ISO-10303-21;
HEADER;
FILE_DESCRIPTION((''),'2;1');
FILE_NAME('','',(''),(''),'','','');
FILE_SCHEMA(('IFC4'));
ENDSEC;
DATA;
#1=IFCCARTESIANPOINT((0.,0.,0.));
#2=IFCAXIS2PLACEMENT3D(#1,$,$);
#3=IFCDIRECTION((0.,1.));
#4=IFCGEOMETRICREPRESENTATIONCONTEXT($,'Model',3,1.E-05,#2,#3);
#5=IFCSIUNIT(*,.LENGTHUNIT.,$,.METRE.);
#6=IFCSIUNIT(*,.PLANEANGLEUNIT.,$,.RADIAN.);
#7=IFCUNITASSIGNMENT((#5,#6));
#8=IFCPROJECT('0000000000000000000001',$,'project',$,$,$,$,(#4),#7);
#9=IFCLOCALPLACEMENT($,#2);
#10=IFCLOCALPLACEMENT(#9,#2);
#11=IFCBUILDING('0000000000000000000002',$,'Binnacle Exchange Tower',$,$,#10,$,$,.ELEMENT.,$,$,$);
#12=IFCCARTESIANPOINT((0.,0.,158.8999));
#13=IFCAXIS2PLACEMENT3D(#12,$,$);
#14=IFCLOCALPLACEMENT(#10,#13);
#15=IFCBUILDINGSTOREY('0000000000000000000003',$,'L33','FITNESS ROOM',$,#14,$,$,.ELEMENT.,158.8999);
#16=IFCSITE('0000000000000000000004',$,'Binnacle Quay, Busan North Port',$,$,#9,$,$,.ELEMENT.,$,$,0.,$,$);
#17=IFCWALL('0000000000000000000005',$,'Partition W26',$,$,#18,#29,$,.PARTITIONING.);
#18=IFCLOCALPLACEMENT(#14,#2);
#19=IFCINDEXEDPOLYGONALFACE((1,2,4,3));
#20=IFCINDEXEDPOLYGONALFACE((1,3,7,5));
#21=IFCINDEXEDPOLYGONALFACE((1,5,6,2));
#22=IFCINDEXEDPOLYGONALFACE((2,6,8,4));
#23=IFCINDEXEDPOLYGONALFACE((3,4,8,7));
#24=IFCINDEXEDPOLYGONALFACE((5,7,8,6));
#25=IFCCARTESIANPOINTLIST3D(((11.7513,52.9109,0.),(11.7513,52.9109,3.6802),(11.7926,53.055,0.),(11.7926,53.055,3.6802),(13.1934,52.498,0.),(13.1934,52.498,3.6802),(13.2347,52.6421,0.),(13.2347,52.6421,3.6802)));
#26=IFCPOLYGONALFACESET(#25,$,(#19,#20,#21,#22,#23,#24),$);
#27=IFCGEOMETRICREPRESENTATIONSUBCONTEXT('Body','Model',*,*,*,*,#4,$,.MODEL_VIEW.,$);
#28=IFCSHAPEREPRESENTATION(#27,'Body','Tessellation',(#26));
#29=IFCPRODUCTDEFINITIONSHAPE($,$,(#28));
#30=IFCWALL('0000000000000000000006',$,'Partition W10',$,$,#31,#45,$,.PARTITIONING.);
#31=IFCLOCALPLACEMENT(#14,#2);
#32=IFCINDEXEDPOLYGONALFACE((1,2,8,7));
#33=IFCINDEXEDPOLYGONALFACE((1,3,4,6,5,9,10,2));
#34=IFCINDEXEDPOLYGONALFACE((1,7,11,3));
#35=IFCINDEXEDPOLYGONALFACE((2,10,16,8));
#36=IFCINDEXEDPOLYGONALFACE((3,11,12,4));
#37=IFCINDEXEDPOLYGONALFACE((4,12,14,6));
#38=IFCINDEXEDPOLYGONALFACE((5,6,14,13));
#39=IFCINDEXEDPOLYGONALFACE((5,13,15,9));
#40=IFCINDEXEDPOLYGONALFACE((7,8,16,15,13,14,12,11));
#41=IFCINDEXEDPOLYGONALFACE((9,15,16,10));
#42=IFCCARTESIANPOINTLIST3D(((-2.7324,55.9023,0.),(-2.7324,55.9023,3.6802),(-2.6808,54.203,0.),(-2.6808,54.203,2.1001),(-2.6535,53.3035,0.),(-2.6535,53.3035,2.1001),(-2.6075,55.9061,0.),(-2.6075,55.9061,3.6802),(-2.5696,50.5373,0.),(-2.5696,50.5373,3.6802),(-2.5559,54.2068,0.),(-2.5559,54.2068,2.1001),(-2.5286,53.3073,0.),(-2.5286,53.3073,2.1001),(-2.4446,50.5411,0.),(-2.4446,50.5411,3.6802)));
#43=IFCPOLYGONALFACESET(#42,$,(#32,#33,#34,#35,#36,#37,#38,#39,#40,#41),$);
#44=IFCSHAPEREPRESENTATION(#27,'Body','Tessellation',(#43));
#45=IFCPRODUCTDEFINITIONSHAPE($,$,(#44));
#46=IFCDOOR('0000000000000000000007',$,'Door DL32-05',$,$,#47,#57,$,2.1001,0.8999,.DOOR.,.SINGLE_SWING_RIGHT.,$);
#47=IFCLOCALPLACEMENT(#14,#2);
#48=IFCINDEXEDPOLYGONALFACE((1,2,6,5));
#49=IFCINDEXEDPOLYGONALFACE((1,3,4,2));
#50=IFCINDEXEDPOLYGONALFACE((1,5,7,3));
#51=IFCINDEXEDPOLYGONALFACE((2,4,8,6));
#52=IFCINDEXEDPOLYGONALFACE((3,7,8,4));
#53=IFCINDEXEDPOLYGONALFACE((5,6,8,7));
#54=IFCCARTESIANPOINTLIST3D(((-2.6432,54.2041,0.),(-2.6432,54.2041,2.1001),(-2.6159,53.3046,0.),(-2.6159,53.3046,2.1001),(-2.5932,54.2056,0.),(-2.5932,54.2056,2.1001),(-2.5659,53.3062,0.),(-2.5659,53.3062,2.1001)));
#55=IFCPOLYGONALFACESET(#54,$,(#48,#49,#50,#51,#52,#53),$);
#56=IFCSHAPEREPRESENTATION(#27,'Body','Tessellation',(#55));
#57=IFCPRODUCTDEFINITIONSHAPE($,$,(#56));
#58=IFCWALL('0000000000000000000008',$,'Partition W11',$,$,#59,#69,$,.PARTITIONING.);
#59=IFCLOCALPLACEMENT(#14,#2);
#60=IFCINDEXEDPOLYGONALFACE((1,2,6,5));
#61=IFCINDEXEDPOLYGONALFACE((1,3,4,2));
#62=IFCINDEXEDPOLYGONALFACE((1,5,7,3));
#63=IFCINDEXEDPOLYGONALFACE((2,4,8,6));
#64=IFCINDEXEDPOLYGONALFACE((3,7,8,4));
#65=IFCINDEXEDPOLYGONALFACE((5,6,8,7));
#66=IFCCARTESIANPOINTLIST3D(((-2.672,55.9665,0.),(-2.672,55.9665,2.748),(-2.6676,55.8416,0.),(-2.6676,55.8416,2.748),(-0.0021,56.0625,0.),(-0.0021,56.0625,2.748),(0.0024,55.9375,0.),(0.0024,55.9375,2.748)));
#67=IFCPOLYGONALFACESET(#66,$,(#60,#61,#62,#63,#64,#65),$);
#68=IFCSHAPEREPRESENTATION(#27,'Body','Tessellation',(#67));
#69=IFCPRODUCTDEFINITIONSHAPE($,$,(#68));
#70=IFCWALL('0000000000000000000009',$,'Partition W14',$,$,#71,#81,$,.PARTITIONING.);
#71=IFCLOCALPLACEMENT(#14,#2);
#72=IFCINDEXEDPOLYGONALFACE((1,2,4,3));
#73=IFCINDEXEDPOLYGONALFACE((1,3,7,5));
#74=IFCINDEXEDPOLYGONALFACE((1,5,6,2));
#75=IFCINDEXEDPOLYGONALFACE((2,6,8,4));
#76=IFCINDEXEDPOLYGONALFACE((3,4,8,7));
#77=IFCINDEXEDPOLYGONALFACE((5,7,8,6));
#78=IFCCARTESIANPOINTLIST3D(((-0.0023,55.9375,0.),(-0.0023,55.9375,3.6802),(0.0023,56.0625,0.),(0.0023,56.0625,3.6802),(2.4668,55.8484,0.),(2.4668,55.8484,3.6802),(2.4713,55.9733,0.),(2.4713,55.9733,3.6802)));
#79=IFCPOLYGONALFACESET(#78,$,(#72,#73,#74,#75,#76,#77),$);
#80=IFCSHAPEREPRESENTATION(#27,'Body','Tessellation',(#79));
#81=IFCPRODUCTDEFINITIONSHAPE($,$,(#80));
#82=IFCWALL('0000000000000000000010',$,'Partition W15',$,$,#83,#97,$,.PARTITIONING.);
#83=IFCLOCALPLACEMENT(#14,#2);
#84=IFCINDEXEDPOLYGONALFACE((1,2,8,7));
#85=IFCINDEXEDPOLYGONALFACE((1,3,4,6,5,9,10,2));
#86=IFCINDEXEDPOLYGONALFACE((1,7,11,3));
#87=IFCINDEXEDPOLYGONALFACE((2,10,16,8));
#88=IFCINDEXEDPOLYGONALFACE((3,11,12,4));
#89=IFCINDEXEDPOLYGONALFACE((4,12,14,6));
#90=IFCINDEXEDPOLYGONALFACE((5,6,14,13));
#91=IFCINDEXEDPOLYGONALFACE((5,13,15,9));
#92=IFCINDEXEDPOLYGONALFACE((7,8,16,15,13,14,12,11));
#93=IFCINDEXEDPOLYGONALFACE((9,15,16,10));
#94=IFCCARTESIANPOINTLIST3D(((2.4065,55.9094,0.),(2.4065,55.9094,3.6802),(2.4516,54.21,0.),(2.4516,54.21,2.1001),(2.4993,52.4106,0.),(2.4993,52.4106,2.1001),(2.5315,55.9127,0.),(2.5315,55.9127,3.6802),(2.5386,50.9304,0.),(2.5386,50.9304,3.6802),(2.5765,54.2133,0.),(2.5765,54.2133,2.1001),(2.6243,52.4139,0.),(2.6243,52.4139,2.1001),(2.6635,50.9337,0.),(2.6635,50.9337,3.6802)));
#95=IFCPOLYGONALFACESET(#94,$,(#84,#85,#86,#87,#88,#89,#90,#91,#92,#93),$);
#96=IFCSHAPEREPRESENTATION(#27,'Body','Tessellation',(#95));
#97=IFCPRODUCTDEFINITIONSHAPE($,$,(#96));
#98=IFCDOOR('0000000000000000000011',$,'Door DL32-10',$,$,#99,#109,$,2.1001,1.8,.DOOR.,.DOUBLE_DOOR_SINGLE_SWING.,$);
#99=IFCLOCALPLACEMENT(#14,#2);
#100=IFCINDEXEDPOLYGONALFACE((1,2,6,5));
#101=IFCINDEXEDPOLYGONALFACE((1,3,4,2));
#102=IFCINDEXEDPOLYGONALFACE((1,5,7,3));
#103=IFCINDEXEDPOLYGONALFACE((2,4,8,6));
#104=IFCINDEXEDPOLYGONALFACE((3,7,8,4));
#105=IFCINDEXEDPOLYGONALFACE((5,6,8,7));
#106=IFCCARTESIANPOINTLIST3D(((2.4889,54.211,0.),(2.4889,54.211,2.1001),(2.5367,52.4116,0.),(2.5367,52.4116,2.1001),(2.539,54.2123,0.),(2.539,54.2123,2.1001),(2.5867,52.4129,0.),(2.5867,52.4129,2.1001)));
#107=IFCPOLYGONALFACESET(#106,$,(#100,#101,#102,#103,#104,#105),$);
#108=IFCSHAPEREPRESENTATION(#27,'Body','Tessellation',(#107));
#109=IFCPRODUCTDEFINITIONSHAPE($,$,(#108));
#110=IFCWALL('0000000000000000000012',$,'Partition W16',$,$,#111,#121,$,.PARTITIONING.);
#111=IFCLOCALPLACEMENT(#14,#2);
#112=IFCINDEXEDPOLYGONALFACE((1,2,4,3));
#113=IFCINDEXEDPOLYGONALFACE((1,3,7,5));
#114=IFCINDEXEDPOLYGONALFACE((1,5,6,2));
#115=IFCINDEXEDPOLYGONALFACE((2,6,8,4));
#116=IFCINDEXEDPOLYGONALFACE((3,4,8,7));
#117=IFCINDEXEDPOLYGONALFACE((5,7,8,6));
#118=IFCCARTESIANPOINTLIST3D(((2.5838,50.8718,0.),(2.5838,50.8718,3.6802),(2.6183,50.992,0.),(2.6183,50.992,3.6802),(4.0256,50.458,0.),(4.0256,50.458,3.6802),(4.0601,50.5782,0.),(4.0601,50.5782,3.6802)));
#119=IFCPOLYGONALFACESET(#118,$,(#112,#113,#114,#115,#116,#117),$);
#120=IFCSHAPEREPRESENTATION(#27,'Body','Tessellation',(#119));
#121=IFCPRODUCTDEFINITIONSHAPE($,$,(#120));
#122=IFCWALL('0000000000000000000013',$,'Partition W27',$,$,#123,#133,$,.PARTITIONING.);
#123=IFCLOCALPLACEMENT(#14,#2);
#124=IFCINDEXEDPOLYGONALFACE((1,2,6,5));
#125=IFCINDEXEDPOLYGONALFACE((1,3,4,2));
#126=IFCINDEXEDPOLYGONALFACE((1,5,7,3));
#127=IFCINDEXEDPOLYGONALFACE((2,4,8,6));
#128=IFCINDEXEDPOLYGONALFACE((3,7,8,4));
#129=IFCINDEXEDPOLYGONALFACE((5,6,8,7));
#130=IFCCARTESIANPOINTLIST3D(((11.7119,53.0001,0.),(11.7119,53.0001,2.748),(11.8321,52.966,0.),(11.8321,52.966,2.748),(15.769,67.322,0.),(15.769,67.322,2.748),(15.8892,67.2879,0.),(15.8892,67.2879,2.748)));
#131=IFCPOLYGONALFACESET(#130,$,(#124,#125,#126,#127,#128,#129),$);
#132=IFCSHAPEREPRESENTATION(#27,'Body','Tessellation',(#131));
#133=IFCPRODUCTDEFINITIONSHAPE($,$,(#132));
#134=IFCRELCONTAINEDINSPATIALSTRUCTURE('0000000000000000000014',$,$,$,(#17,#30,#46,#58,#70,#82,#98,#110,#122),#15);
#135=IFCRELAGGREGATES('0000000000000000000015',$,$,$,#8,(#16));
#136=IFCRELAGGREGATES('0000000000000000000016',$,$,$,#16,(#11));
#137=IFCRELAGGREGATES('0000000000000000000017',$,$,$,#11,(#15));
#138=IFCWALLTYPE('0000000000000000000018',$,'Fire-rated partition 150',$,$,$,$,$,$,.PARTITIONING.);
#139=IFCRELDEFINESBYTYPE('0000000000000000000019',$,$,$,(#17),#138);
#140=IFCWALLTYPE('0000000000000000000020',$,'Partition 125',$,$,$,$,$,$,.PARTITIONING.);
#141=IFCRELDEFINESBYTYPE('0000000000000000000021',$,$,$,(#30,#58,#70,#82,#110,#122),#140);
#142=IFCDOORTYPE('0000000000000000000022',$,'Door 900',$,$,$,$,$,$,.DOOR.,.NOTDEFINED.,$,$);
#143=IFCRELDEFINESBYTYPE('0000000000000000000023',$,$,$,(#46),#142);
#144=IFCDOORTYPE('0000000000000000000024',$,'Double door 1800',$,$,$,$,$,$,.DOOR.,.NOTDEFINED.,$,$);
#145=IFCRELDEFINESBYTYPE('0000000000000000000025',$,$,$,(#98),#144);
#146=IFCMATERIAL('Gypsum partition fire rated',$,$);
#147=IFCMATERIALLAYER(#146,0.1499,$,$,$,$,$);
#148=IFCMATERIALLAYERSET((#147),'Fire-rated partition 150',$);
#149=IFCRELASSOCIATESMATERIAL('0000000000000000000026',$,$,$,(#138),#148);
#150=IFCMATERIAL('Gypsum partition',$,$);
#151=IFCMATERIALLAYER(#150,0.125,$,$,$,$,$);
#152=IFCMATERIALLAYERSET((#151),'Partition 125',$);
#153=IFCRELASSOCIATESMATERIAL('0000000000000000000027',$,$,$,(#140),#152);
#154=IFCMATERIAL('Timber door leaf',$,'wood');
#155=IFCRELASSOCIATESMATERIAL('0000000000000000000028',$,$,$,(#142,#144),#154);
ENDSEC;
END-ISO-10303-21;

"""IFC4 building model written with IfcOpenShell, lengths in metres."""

from ifc_helpers import new_model, si_unit, direction, frame, frame_2d, origin, place, context, subcontext, project, spatial, rectangle, extrude, material, layer, layer_set, type_object, element, fill, save


model = new_model("IFC4")

# Units and contexts
model_context = context("Model", 3, precision=1e-05, world=origin(), true_north=direction((0.0, 1.0)))
body_context = subcontext(model_context, "Body", "Model", "MODEL_VIEW")
ifc_project = project(units=[si_unit("LENGTHUNIT", "METRE"), si_unit("PLANEANGLEUNIT", "RADIAN")], contexts=[model_context])

# Site, building, storey
site_placement = place(None, origin())
site = spatial("IfcSite", under=ifc_project, at=site_placement, Name="Binnacle Quay, Busan North Port", CompositionType="ELEMENT", RefElevation=0.0)
building_placement = place(site_placement, origin())
building = spatial("IfcBuilding", under=site, at=building_placement, Name="Binnacle Exchange Tower", CompositionType="ELEMENT")
storey_placement = place(building_placement, frame((0.0, 0.0, 158.8999)))
storey = spatial("IfcBuildingStorey", under=building, at=storey_placement, Name="L33", Description="FITNESS ROOM", CompositionType="ELEMENT", Elevation=158.8999)

# Shared definitions
ifc_material_1 = material(Name="Gypsum partition fire rated")
ifc_layer_1 = layer(ifc_material_1, 0.1499)
ifc_layer_set_1 = layer_set([ifc_layer_1], Name="Fire-rated partition 150")
wall_type_1 = type_object("IfcWallType", Name="Fire-rated partition 150", PredefinedType="PARTITIONING", material=ifc_layer_set_1)

# Wall
wall_1_placement = place(storey_placement, frame((11.772, 52.9829, 0.0), z_axis=(0.0, 0.0, 1.0), x_axis=(0.961383, -0.275215, 0.0)))
element("IfcWall", 1, at=wall_1_placement, inside=storey, type_object=wall_type_1, Name="Partition W26", PredefinedType="PARTITIONING", context=body_context, shape_type="SweptSolid", body=[
    extrude(rectangle(XDim=1.5, YDim=0.1499, at=frame_2d((0.75, 0.0))), origin(), (0.0, 0.0, 1.0), 3.6802),
])

# Wall, opening, door
ifc_material_2 = material(Name="Gypsum partition")
ifc_layer_2 = layer(ifc_material_2, 0.125)
ifc_layer_set_2 = layer_set([ifc_layer_2], Name="Partition 125")
wall_type_2 = type_object("IfcWallType", Name="Partition 125", PredefinedType="PARTITIONING", material=ifc_layer_set_2)
wall_2_placement = place(storey_placement, frame((-2.6699, 55.9041, 0.0), z_axis=(0.0, 0.0, 1.0), x_axis=(0.030339, -0.99954, 0.0)))
wall_2 = element("IfcWall", 2, at=wall_2_placement, inside=storey, type_object=wall_type_2, Name="Partition W10", PredefinedType="PARTITIONING", context=body_context, shape_type="SweptSolid", body=[
    extrude(rectangle(XDim=5.3674, YDim=0.125, at=frame_2d((2.6836, 0.0))), origin(), (0.0, 0.0, 1.0), 3.6802),
])
opening_1_placement = place(wall_2_placement, frame((1.7, 0.0, 0.0)))
opening_1 = element("IfcOpeningElement", 3, at=opening_1_placement, cuts=wall_2, PredefinedType="OPENING", context=body_context, shape_type="SweptSolid", body=[
    extrude(rectangle(XDim=0.8999, YDim=2.1001, at=frame_2d((0.45, 1.05))), frame((0.0, 0.0725, 0.0), z_axis=(0.0, -1.0, 0.0), x_axis=(1.0, 0.0, 0.0)), (0.0, 0.0, 1.0), 0.145),
])
ifc_material_3 = material(Name="Timber door leaf", Category="wood")
door_type_1 = type_object("IfcDoorType", Name="Door 900", OperationType="NOTDEFINED", PredefinedType="DOOR", material=ifc_material_3)
door_1_placement = place(opening_1_placement, frame((0.8999, 0.0, 0.0), z_axis=(0.0, 0.0, 1.0), x_axis=(-1.0, 0.0, 0.0)))
door_1 = element("IfcDoor", 4, at=door_1_placement, inside=storey, type_object=door_type_1, Name="Door DL32-05", OperationType="SINGLE_SWING_RIGHT", OverallHeight=2.1001, OverallWidth=0.8999, PredefinedType="DOOR", context=body_context, shape_type="SweptSolid", body=[
    extrude(rectangle(XDim=0.8999, YDim=2.1001, at=frame_2d((0.45, 1.05))), frame((0.0, 0.0249, 0.0), z_axis=(0.0, -1.0, 0.0), x_axis=(1.0, 0.0, 0.0)), (0.0, 0.0, 1.0), 0.05),
])
fill(opening_1, door_1)

# Walls
wall_3_placement = place(storey_placement, frame((-2.6699, 55.9041, 0.0), z_axis=(0.0, 0.0, 1.0), x_axis=(0.999355, 0.035913, 0.0)))
element("IfcWall", 5, at=wall_3_placement, inside=storey, type_object=wall_type_2, Name="Partition W11", PredefinedType="PARTITIONING", context=body_context, shape_type="SweptSolid", body=[
    extrude(rectangle(XDim=2.6716, YDim=0.125, at=frame_2d((1.3359, 0.0))), origin(), (0.0, 0.0, 1.0), 2.748),
])
wall_4_placement = place(storey_placement, frame((0.0, 56.0, 0.0), z_axis=(0.0, 0.0, 1.0), x_axis=(0.999349, -0.036069, 0.0)))
element("IfcWall", 6, at=wall_4_placement, inside=storey, type_object=wall_type_2, Name="Partition W14", PredefinedType="PARTITIONING", context=body_context, shape_type="SweptSolid", body=[
    extrude(rectangle(XDim=2.4707, YDim=0.125, at=frame_2d((1.2354, 0.0))), origin(), (0.0, 0.0, 1.0), 3.6802),
])

# Wall, opening, door
wall_5_placement = place(storey_placement, frame((2.469, 55.9109, 0.0), z_axis=(0.0, 0.0, 1.0), x_axis=(0.026518, -0.999648, 0.0)))
wall_5 = element("IfcWall", 7, at=wall_5_placement, inside=storey, type_object=wall_type_2, Name="Partition W15", PredefinedType="PARTITIONING", context=body_context, shape_type="SweptSolid", body=[
    extrude(rectangle(XDim=4.9807, YDim=0.125, at=frame_2d((2.4902, 0.0))), origin(), (0.0, 0.0, 1.0), 3.6802),
])
opening_2_placement = place(wall_5_placement, frame((1.7, 0.0, 0.0)))
opening_2 = element("IfcOpeningElement", 8, at=opening_2_placement, cuts=wall_5, PredefinedType="OPENING", context=body_context, shape_type="SweptSolid", body=[
    extrude(rectangle(XDim=1.8, YDim=2.1001, at=frame_2d((0.8999, 1.05))), frame((0.0, 0.0725, 0.0), z_axis=(0.0, -1.0, 0.0), x_axis=(1.0, 0.0, 0.0)), (0.0, 0.0, 1.0), 0.145),
])
door_type_2 = type_object("IfcDoorType", Name="Double door 1800", OperationType="NOTDEFINED", PredefinedType="DOOR", material=ifc_material_3)
door_2_placement = place(opening_2_placement, origin())
door_2 = element("IfcDoor", 9, at=door_2_placement, inside=storey, type_object=door_type_2, Name="Door DL32-10", OperationType="DOUBLE_DOOR_SINGLE_SWING", OverallHeight=2.1001, OverallWidth=1.8, PredefinedType="DOOR", context=body_context, shape_type="SweptSolid", body=[
    extrude(rectangle(XDim=1.8, YDim=2.1001, at=frame_2d((0.8999, 1.05))), frame((0.0, 0.0249, 0.0), z_axis=(0.0, -1.0, 0.0), x_axis=(1.0, 0.0, 0.0)), (0.0, 0.0, 1.0), 0.05),
])
fill(opening_2, door_2)

# Walls
wall_6_placement = place(storey_placement, frame((2.6011, 50.9319, 0.0), z_axis=(0.0, 0.0, 1.0), x_axis=(0.961198, -0.27586, 0.0)))
element("IfcWall", 10, at=wall_6_placement, inside=storey, type_object=wall_type_2, Name="Partition W16", PredefinedType="PARTITIONING", context=body_context, shape_type="SweptSolid", body=[
    extrude(rectangle(XDim=1.5, YDim=0.125, at=frame_2d((0.75, 0.0))), origin(), (0.0, 0.0, 1.0), 3.6802),
])
wall_7_placement = place(storey_placement, frame((11.772, 52.9829, 0.0), z_axis=(0.0, 0.0, 1.0), x_axis=(0.272554, 0.96214, 0.0)))
element("IfcWall", 11, at=wall_7_placement, inside=storey, type_object=wall_type_2, Name="Partition W27", PredefinedType="PARTITIONING", context=body_context, shape_type="SweptSolid", body=[
    extrude(rectangle(XDim=14.8855, YDim=0.125, at=frame_2d((7.4429, 0.0))), origin(), (0.0, 0.0, 1.0), 2.748),
])

save(model, "model.ifc")
